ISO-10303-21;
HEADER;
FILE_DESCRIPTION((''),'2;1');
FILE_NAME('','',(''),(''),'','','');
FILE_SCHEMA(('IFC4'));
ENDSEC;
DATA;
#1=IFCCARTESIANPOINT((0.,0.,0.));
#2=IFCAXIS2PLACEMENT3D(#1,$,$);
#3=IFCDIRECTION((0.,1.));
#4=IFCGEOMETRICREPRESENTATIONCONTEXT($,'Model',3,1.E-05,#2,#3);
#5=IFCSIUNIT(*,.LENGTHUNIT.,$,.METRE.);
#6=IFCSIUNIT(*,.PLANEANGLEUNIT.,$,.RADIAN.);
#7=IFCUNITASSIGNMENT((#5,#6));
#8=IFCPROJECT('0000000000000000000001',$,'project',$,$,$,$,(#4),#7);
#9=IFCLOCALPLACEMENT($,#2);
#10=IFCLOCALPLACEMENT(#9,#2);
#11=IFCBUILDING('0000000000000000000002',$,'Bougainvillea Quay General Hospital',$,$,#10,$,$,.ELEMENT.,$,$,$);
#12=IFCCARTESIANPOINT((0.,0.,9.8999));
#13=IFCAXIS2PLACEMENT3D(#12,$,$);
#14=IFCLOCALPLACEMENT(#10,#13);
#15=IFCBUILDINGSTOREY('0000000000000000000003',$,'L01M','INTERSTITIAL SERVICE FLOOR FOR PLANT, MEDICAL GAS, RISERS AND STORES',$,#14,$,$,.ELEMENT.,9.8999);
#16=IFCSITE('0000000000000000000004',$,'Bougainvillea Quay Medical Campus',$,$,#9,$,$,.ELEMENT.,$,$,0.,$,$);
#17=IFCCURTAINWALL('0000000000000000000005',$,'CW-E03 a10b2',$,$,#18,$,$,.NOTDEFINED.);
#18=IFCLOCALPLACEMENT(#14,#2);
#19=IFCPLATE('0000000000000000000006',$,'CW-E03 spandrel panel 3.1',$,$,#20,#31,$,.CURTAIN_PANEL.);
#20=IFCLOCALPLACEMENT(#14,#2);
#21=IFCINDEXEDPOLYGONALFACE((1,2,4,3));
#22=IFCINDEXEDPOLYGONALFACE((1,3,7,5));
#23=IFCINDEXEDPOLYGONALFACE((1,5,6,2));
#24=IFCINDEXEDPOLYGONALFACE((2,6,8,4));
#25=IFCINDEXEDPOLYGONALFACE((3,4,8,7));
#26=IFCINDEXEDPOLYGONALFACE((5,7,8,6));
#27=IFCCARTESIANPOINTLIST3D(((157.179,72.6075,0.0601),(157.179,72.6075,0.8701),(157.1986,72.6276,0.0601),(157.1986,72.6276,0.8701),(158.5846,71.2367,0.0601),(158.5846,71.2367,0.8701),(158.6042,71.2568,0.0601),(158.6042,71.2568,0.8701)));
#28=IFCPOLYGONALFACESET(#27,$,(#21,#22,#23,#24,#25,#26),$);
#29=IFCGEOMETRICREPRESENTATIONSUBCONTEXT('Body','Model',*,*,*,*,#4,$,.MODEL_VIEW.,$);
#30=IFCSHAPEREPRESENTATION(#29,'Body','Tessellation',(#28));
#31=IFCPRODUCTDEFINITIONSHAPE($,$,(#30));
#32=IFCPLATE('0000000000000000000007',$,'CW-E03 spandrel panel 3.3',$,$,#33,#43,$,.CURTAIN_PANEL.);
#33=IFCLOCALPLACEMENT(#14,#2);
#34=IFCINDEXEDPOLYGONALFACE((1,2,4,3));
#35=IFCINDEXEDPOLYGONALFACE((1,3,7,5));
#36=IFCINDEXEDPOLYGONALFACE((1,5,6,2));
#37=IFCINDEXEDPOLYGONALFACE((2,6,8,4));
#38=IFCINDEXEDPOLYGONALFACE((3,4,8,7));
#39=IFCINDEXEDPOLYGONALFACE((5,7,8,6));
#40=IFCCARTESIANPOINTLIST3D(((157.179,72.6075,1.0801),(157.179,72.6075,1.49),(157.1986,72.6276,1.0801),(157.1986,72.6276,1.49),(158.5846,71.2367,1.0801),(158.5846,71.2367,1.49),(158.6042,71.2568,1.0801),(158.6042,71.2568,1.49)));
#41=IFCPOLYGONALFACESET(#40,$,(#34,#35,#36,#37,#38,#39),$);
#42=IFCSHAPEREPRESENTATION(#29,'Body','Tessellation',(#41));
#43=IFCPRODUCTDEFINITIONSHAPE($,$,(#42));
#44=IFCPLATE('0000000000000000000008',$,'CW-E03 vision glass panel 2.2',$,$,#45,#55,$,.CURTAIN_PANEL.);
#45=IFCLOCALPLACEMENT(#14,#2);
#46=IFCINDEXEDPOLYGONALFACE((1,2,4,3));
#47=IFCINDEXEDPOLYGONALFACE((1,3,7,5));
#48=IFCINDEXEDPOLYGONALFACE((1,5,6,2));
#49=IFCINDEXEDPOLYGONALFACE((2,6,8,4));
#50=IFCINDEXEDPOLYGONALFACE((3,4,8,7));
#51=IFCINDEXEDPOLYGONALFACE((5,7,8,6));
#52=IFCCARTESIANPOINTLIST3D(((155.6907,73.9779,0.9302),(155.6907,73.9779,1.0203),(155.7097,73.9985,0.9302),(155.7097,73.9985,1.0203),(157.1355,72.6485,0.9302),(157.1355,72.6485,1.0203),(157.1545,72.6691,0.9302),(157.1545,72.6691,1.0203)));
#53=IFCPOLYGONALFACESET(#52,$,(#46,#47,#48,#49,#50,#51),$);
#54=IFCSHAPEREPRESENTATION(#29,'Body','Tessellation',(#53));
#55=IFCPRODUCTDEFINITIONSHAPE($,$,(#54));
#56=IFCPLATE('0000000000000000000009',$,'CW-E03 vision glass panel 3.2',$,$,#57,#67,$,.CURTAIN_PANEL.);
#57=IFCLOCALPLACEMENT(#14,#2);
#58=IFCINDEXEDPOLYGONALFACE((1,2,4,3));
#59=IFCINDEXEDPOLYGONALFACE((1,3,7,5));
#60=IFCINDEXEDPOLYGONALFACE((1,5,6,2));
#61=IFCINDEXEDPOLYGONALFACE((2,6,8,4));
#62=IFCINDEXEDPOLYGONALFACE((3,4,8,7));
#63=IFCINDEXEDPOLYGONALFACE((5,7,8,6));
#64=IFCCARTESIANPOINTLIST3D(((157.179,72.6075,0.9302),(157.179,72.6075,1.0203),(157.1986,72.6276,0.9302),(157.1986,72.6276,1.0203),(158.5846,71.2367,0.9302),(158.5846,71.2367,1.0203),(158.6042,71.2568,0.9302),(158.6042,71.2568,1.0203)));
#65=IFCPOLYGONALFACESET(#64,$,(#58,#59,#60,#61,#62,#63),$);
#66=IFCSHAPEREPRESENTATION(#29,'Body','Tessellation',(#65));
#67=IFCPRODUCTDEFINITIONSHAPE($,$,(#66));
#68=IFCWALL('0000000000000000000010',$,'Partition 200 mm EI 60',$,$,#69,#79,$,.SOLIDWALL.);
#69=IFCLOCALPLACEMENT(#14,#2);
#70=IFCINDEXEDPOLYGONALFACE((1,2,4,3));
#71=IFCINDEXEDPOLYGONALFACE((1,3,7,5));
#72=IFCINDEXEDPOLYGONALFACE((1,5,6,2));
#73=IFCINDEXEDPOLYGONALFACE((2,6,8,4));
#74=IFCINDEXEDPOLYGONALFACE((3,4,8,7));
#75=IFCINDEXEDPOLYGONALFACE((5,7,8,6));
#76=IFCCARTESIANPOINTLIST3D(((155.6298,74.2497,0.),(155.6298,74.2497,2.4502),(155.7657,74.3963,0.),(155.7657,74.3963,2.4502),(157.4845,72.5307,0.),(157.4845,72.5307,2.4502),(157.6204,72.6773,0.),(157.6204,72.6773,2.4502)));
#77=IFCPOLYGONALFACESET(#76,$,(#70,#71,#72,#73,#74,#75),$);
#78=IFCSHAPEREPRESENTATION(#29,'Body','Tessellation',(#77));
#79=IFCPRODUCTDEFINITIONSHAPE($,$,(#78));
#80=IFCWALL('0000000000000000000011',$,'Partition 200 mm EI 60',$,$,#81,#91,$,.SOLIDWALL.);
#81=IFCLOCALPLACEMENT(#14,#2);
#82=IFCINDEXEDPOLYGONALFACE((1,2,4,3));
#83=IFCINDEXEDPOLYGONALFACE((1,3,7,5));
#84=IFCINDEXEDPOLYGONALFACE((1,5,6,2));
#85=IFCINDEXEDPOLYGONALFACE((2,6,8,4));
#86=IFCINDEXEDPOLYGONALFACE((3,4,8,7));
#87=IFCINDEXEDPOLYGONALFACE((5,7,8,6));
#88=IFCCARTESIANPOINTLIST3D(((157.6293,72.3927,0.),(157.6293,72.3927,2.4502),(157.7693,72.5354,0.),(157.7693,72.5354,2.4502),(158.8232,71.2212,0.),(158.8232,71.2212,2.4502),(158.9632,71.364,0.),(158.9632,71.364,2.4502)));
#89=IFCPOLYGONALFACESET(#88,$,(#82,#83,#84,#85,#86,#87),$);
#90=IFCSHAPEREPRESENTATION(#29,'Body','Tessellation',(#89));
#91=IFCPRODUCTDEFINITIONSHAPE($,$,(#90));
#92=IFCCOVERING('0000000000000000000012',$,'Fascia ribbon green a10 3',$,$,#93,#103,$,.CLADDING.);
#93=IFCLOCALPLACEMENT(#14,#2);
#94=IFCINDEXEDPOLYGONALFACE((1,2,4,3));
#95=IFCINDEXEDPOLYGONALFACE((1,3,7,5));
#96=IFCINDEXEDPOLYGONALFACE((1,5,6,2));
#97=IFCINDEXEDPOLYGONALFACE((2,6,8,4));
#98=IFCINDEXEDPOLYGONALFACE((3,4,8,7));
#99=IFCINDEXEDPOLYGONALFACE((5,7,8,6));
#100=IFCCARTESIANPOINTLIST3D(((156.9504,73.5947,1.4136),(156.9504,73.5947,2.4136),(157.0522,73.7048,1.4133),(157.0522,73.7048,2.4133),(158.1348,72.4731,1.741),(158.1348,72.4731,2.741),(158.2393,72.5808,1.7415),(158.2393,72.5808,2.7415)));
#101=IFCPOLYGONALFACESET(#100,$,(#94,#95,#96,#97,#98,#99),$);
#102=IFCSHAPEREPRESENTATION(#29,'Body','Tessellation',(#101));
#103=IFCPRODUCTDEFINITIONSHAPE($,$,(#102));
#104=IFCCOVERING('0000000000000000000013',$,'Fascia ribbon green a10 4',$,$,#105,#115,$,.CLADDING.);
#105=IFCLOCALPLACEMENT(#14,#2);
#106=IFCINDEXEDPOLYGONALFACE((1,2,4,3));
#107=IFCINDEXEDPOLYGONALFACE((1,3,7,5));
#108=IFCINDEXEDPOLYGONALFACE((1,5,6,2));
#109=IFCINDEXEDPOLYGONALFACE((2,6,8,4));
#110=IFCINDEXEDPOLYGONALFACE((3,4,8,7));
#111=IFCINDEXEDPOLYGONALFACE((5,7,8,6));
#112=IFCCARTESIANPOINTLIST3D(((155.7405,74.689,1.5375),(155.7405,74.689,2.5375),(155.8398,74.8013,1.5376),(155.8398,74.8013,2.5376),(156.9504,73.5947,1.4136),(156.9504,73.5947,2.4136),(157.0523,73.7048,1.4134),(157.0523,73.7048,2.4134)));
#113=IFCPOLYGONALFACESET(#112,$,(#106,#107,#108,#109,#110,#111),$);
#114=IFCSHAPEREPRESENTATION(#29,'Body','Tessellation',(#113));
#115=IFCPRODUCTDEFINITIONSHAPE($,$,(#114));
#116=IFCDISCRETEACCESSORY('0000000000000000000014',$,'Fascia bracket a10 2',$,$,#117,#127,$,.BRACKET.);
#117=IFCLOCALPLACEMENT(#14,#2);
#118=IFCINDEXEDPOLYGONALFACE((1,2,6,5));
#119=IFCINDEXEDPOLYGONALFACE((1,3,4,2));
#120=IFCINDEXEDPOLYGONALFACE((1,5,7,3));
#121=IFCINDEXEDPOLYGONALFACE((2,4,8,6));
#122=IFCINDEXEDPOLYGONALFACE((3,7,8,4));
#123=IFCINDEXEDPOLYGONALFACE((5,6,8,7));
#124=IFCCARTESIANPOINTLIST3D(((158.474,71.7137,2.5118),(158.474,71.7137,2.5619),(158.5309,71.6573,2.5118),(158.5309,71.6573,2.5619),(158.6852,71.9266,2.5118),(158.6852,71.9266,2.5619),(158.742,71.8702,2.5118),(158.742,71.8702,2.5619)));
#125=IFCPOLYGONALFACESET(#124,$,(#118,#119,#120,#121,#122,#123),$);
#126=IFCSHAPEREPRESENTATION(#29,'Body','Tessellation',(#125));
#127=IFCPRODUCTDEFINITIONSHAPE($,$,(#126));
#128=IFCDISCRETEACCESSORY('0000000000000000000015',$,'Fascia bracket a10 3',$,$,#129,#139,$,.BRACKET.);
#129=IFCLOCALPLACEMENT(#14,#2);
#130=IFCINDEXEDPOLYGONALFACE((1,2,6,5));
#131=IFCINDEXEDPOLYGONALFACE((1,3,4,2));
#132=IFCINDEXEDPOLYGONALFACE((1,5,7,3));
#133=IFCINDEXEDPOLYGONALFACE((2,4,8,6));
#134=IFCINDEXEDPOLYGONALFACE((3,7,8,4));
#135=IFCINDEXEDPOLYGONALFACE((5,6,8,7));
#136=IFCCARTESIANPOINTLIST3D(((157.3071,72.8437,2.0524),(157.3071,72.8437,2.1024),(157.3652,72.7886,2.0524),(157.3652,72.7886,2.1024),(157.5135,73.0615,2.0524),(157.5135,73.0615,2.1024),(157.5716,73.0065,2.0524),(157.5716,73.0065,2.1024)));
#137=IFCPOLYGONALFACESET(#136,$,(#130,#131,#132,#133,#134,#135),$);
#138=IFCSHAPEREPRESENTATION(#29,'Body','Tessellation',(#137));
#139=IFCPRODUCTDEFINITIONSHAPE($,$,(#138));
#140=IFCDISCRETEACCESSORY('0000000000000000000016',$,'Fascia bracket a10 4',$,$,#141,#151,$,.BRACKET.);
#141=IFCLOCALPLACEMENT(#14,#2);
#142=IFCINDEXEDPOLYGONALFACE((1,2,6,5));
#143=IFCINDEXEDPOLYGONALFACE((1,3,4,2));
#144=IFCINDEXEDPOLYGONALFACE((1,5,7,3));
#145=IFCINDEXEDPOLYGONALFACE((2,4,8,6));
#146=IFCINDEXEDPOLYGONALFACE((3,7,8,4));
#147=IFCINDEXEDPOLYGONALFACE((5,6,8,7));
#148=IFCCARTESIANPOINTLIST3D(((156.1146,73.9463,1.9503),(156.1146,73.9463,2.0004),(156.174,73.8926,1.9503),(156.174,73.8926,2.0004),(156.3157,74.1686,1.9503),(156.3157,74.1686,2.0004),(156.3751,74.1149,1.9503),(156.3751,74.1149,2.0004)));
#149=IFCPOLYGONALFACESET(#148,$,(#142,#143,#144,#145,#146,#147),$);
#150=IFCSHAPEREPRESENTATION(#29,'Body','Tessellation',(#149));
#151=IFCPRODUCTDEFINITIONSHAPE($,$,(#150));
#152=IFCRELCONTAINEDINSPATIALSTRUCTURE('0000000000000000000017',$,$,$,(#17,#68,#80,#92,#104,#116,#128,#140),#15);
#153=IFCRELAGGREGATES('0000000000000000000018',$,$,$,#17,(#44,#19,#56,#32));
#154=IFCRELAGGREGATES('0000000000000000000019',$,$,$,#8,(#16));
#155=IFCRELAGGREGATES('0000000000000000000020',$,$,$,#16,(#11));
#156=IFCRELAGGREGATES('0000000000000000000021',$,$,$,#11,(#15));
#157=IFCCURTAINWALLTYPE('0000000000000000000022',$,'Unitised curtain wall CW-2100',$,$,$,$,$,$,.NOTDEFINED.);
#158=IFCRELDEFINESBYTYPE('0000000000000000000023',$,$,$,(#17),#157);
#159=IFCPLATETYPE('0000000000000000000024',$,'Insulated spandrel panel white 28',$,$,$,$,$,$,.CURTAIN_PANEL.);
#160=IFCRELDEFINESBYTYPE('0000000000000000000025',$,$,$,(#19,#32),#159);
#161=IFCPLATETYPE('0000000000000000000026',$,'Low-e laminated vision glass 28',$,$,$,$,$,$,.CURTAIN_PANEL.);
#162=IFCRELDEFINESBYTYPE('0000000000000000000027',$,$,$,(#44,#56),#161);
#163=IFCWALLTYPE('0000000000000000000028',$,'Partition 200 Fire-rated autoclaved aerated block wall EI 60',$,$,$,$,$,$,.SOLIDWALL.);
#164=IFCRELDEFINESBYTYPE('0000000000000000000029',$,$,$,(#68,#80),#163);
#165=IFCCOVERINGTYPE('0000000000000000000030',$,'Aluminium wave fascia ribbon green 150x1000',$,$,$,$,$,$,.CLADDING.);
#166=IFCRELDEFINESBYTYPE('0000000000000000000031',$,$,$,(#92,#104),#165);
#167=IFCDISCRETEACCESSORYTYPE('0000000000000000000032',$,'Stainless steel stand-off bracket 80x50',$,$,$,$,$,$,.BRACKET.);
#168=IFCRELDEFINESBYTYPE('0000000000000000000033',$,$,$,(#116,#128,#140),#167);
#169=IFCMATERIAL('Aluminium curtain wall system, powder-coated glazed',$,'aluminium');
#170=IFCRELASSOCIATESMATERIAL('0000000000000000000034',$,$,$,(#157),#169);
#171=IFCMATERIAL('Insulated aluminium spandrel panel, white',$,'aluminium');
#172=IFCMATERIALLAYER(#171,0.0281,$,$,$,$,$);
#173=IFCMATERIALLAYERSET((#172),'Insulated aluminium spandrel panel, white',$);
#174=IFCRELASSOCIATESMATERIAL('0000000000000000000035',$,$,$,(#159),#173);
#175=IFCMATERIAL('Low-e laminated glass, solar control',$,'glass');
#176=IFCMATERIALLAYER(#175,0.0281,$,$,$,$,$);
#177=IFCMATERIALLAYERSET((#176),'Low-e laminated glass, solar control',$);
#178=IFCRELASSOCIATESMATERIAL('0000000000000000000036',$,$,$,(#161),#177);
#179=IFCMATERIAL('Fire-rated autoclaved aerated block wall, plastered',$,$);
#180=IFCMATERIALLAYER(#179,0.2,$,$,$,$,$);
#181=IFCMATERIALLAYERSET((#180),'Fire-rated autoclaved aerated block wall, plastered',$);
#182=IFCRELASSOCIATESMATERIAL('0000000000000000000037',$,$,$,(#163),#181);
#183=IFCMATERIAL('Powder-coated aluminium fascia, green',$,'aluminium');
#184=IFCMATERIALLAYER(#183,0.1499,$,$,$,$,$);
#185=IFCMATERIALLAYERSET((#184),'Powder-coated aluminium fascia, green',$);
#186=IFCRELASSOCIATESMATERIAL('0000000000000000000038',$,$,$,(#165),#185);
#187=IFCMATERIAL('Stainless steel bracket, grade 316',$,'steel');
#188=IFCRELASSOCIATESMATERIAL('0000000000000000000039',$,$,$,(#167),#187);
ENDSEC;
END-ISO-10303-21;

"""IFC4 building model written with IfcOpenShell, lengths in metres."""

from ifc_helpers import new_model, si_unit, direction, frame, frame_2d, origin, origin_2d, place, context, subcontext, project, spatial, polyline, rectangle, outline, extrude, material, layer, layer_set, material_profile, profile_set, type_object, element, aggregate, save


model = new_model("IFC4")

# Units and contexts
model_context = context("Model", 3, precision=1e-05, world=origin(), true_north=direction((0.0, 1.0)))
body_context = subcontext(model_context, "Body", "Model", "MODEL_VIEW")
ifc_project = project(units=[si_unit("LENGTHUNIT", "METRE"), si_unit("PLANEANGLEUNIT", "RADIAN")], contexts=[model_context])

# Site, building, storey
site_placement = place(None, origin())
site = spatial("IfcSite", under=ifc_project, at=site_placement, Name="Bougainvillea Quay Medical Campus", CompositionType="ELEMENT", RefElevation=0.0)
building_placement = place(site_placement, origin())
building = spatial("IfcBuilding", under=site, at=building_placement, Name="Bougainvillea Quay General Hospital", CompositionType="ELEMENT")
storey_placement = place(building_placement, frame((0.0, 0.0, 9.8999)))
storey = spatial("IfcBuildingStorey", under=building, at=storey_placement, Name="L01M", Description="INTERSTITIAL SERVICE FLOOR FOR PLANT, MEDICAL GAS, RISERS AND STORES", CompositionType="ELEMENT", Elevation=9.8999)

# Curtain wall, plates
ifc_material_1 = material(Name="Aluminium curtain wall system, powder-coated glazed", Category="aluminium")
curtain_wall_type = type_object("IfcCurtainWallType", Name="Unitised curtain wall CW-2100", PredefinedType="NOTDEFINED", material=ifc_material_1)
curtain_wall_placement = place(storey_placement, origin())
curtain_wall = element("IfcCurtainWall", 1, at=curtain_wall_placement, inside=storey, type_object=curtain_wall_type, Name="CW-E03 a10b2", PredefinedType="NOTDEFINED")
ifc_material_2 = material(Name="Insulated aluminium spandrel panel, white", Category="aluminium")
ifc_layer_1 = layer(ifc_material_2, 0.0281)
ifc_layer_set_1 = layer_set([ifc_layer_1], Name="Insulated aluminium spandrel panel, white")
plate_type_1 = type_object("IfcPlateType", Name="Insulated spandrel panel white 28", PredefinedType="CURTAIN_PANEL", material=ifc_layer_set_1)
plate_1_placement = place(storey_placement, frame((157.8916, 71.9321, 0.0601), z_axis=(0.0, 0.0, 1.0), x_axis=(0.715945, -0.698157, 0.0)))
plate_1 = element("IfcPlate", 2, at=plate_1_placement, type_object=plate_type_1, Name="CW-E03 spandrel panel 3.1", PredefinedType="CURTAIN_PANEL", context=body_context, shape_type="SweptSolid", body=[
    extrude(rectangle(XDim=1.9634, YDim=0.0281, at=origin_2d()), origin(), (0.0, 0.0, 1.0), 0.8101),
])
plate_2_placement = place(storey_placement, frame((157.8916, 71.9321, 1.0801), z_axis=(0.0, 0.0, 1.0), x_axis=(0.715945, -0.698157, 0.0)))
plate_2 = element("IfcPlate", 3, at=plate_2_placement, type_object=plate_type_1, Name="CW-E03 spandrel panel 3.3", PredefinedType="CURTAIN_PANEL", context=body_context, shape_type="SweptSolid", body=[
    extrude(rectangle(XDim=1.9634, YDim=0.0281, at=origin_2d()), origin(), (0.0, 0.0, 1.0), 0.4099),
])
ifc_material_3 = material(Name="Low-e laminated glass, solar control", Category="glass")
ifc_layer_2 = layer(ifc_material_3, 0.0281)
ifc_layer_set_2 = layer_set([ifc_layer_2], Name="Low-e laminated glass, solar control")
plate_type_2 = type_object("IfcPlateType", Name="Low-e laminated vision glass 28", PredefinedType="CURTAIN_PANEL", material=ifc_layer_set_2)
plate_3_placement = place(storey_placement, frame((156.4226, 73.3235, 0.9302), z_axis=(0.0, 0.0, 1.0), x_axis=(0.735894, -0.677097, 0.0)))
plate_3 = element("IfcPlate", 4, at=plate_3_placement, type_object=plate_type_2, Name="CW-E03 vision glass panel 2.2", PredefinedType="CURTAIN_PANEL", context=body_context, shape_type="SweptSolid", body=[
    extrude(rectangle(XDim=1.9634, YDim=0.0281, at=origin_2d()), origin(), (0.0, 0.0, 1.0), 0.0901),
])
plate_4_placement = place(storey_placement, frame((157.8916, 71.9321, 0.9302), z_axis=(0.0, 0.0, 1.0), x_axis=(0.715945, -0.698157, 0.0)))
plate_4 = element("IfcPlate", 5, at=plate_4_placement, type_object=plate_type_2, Name="CW-E03 vision glass panel 3.2", PredefinedType="CURTAIN_PANEL", context=body_context, shape_type="SweptSolid", body=[
    extrude(rectangle(XDim=1.9634, YDim=0.0281, at=origin_2d()), origin(), (0.0, 0.0, 1.0), 0.0901),
])
aggregate(curtain_wall, [plate_3, plate_1, plate_4, plate_2])

# Walls
ifc_material_4 = material(Name="Fire-rated autoclaved aerated block wall, plastered")
ifc_layer_3 = layer(ifc_material_4, 0.2)
ifc_layer_set_3 = layer_set([ifc_layer_3], Name="Fire-rated autoclaved aerated block wall, plastered")
wall_type = type_object("IfcWallType", Name="Partition 200 Fire-rated autoclaved aerated block wall EI 60", PredefinedType="SOLIDWALL", material=ifc_layer_set_3)
wall_1_placement = place(storey_placement, frame((155.6978, 74.323, 0.0), z_axis=(0.0, 0.0, 1.0), x_axis=(0.733436, -0.679758, 0.0)))
element("IfcWall", 6, at=wall_1_placement, inside=storey, type_object=wall_type, Name="Partition 200 mm EI 60", PredefinedType="SOLIDWALL", context=body_context, shape_type="SweptSolid", body=[
    extrude(rectangle(XDim=2.5288, YDim=0.2, at=frame_2d((1.2644, 0.0))), origin(), (0.0, 0.0, 1.0), 2.4502),
])
wall_2_placement = place(storey_placement, frame((157.6992, 72.4641, 0.0), z_axis=(0.0, 0.0, 1.0), x_axis=(0.713789, -0.70036, 0.0)))
element("IfcWall", 7, at=wall_2_placement, inside=storey, type_object=wall_type, Name="Partition 200 mm EI 60", PredefinedType="SOLIDWALL", context=body_context, shape_type="SweptSolid", body=[
    extrude(rectangle(XDim=1.6726, YDim=0.2, at=frame_2d((0.8364, 0.0))), origin(), (0.0, 0.0, 1.0), 2.4502),
])

# Coverings
ifc_material_5 = material(Name="Powder-coated aluminium fascia, green", Category="aluminium")
ifc_layer_4 = layer(ifc_material_5, 0.1499)
ifc_layer_set_4 = layer_set([ifc_layer_4], Name="Powder-coated aluminium fascia, green")
covering_type = type_object("IfcCoveringType", Name="Aluminium wave fascia ribbon green 150x1000", PredefinedType="CLADDING", material=ifc_layer_set_4)
covering_1_placement = place(storey_placement, frame((158.1348, 72.4731, 1.741), z_axis=(-0.143414, 0.134759, 0.980445), x_axis=(-0.71188, 0.674166, -0.196792)))
element("IfcCovering", 8, at=covering_1_placement, inside=storey, type_object=covering_type, Name="Fascia ribbon green a10 3", PredefinedType="CLADDING", context=body_context, shape_type="SweptSolid", body=[
    extrude(outline(polyline([(0.0, 0.0), (1.6637, 0.0), (1.6655, -0.15), (-0.0019, -0.15), (0.0, 0.0)])), origin(), (-0.196792, -0.000753, 0.980445), 1.0),
])
covering_2_placement = place(storey_placement, frame((156.9504, 73.5947, 1.4136), z_axis=(0.056164, -0.0508, 0.997128), x_axis=(-0.739555, 0.668823, 0.07573)))
element("IfcCovering", 9, at=covering_2_placement, inside=storey, type_object=covering_type, Name="Fascia ribbon green a10 4", PredefinedType="CLADDING", context=body_context, shape_type="SweptSolid", body=[
    extrude(outline(polyline([(0.0, 0.0), (1.6361, 0.0), (1.6377, -0.1499), (-0.0017, -0.15), (0.0, 0.0)])), origin(), (0.07573, -0.000006, 0.997128), 1.0),
])

# Discrete accessories
ifc_material_6 = material(Name="Stainless steel bracket, grade 316", Category="steel")
ifc_material_profile_1 = material_profile(ifc_material_6, rectangle(XDim=0.0801, YDim=0.05, at=origin_2d()))
ifc_profile_set_1 = profile_set([ifc_material_profile_1], Name="Stainless steel bracket, grade 316")
discrete_accessory_type = type_object("IfcDiscreteAccessoryType", Name="Stainless steel stand-off bracket 80x50", PredefinedType="BRACKET", material=ifc_profile_set_1)
discrete_accessory_1_placement = place(storey_placement, frame((158.5024, 71.6855, 2.5369), z_axis=(0.704251, 0.709951, 0.0), x_axis=(-0.709951, 0.704251, 0.0)))
element("IfcDiscreteAccessory", 10, at=discrete_accessory_1_placement, inside=storey, type_object=discrete_accessory_type, Name="Fascia bracket a10 2", PredefinedType="BRACKET", context=body_context, shape_type="SweptSolid", body=[
    extrude(rectangle(XDim=0.0801, YDim=0.05, at=origin_2d()), origin(), (0.0, 0.0, 1.0), 0.2998),
])
discrete_accessory_2_placement = place(storey_placement, frame((157.3362, 72.8162, 2.0774), z_axis=(0.687722, 0.725974, 0.0), x_axis=(-0.725974, 0.687722, 0.0)))
element("IfcDiscreteAccessory", 11, at=discrete_accessory_2_placement, inside=storey, type_object=discrete_accessory_type, Name="Fascia bracket a10 3", PredefinedType="BRACKET", context=body_context, shape_type="SweptSolid", body=[
    extrude(rectangle(XDim=0.0801, YDim=0.05, at=origin_2d()), origin(), (0.0, 0.0, 1.0), 0.3),
])
discrete_accessory_3_placement = place(storey_placement, frame((156.1443, 73.9194, 1.9753), z_axis=(0.670807, 0.741632, 0.0), x_axis=(-0.741632, 0.670807, 0.0)))
element("IfcDiscreteAccessory", 12, at=discrete_accessory_3_placement, inside=storey, type_object=discrete_accessory_type, Name="Fascia bracket a10 4", PredefinedType="BRACKET", context=body_context, shape_type="SweptSolid", body=[
    extrude(rectangle(XDim=0.0801, YDim=0.05, at=origin_2d()), origin(), (0.0, 0.0, 1.0), 0.2998),
])

save(model, "model.ifc")
